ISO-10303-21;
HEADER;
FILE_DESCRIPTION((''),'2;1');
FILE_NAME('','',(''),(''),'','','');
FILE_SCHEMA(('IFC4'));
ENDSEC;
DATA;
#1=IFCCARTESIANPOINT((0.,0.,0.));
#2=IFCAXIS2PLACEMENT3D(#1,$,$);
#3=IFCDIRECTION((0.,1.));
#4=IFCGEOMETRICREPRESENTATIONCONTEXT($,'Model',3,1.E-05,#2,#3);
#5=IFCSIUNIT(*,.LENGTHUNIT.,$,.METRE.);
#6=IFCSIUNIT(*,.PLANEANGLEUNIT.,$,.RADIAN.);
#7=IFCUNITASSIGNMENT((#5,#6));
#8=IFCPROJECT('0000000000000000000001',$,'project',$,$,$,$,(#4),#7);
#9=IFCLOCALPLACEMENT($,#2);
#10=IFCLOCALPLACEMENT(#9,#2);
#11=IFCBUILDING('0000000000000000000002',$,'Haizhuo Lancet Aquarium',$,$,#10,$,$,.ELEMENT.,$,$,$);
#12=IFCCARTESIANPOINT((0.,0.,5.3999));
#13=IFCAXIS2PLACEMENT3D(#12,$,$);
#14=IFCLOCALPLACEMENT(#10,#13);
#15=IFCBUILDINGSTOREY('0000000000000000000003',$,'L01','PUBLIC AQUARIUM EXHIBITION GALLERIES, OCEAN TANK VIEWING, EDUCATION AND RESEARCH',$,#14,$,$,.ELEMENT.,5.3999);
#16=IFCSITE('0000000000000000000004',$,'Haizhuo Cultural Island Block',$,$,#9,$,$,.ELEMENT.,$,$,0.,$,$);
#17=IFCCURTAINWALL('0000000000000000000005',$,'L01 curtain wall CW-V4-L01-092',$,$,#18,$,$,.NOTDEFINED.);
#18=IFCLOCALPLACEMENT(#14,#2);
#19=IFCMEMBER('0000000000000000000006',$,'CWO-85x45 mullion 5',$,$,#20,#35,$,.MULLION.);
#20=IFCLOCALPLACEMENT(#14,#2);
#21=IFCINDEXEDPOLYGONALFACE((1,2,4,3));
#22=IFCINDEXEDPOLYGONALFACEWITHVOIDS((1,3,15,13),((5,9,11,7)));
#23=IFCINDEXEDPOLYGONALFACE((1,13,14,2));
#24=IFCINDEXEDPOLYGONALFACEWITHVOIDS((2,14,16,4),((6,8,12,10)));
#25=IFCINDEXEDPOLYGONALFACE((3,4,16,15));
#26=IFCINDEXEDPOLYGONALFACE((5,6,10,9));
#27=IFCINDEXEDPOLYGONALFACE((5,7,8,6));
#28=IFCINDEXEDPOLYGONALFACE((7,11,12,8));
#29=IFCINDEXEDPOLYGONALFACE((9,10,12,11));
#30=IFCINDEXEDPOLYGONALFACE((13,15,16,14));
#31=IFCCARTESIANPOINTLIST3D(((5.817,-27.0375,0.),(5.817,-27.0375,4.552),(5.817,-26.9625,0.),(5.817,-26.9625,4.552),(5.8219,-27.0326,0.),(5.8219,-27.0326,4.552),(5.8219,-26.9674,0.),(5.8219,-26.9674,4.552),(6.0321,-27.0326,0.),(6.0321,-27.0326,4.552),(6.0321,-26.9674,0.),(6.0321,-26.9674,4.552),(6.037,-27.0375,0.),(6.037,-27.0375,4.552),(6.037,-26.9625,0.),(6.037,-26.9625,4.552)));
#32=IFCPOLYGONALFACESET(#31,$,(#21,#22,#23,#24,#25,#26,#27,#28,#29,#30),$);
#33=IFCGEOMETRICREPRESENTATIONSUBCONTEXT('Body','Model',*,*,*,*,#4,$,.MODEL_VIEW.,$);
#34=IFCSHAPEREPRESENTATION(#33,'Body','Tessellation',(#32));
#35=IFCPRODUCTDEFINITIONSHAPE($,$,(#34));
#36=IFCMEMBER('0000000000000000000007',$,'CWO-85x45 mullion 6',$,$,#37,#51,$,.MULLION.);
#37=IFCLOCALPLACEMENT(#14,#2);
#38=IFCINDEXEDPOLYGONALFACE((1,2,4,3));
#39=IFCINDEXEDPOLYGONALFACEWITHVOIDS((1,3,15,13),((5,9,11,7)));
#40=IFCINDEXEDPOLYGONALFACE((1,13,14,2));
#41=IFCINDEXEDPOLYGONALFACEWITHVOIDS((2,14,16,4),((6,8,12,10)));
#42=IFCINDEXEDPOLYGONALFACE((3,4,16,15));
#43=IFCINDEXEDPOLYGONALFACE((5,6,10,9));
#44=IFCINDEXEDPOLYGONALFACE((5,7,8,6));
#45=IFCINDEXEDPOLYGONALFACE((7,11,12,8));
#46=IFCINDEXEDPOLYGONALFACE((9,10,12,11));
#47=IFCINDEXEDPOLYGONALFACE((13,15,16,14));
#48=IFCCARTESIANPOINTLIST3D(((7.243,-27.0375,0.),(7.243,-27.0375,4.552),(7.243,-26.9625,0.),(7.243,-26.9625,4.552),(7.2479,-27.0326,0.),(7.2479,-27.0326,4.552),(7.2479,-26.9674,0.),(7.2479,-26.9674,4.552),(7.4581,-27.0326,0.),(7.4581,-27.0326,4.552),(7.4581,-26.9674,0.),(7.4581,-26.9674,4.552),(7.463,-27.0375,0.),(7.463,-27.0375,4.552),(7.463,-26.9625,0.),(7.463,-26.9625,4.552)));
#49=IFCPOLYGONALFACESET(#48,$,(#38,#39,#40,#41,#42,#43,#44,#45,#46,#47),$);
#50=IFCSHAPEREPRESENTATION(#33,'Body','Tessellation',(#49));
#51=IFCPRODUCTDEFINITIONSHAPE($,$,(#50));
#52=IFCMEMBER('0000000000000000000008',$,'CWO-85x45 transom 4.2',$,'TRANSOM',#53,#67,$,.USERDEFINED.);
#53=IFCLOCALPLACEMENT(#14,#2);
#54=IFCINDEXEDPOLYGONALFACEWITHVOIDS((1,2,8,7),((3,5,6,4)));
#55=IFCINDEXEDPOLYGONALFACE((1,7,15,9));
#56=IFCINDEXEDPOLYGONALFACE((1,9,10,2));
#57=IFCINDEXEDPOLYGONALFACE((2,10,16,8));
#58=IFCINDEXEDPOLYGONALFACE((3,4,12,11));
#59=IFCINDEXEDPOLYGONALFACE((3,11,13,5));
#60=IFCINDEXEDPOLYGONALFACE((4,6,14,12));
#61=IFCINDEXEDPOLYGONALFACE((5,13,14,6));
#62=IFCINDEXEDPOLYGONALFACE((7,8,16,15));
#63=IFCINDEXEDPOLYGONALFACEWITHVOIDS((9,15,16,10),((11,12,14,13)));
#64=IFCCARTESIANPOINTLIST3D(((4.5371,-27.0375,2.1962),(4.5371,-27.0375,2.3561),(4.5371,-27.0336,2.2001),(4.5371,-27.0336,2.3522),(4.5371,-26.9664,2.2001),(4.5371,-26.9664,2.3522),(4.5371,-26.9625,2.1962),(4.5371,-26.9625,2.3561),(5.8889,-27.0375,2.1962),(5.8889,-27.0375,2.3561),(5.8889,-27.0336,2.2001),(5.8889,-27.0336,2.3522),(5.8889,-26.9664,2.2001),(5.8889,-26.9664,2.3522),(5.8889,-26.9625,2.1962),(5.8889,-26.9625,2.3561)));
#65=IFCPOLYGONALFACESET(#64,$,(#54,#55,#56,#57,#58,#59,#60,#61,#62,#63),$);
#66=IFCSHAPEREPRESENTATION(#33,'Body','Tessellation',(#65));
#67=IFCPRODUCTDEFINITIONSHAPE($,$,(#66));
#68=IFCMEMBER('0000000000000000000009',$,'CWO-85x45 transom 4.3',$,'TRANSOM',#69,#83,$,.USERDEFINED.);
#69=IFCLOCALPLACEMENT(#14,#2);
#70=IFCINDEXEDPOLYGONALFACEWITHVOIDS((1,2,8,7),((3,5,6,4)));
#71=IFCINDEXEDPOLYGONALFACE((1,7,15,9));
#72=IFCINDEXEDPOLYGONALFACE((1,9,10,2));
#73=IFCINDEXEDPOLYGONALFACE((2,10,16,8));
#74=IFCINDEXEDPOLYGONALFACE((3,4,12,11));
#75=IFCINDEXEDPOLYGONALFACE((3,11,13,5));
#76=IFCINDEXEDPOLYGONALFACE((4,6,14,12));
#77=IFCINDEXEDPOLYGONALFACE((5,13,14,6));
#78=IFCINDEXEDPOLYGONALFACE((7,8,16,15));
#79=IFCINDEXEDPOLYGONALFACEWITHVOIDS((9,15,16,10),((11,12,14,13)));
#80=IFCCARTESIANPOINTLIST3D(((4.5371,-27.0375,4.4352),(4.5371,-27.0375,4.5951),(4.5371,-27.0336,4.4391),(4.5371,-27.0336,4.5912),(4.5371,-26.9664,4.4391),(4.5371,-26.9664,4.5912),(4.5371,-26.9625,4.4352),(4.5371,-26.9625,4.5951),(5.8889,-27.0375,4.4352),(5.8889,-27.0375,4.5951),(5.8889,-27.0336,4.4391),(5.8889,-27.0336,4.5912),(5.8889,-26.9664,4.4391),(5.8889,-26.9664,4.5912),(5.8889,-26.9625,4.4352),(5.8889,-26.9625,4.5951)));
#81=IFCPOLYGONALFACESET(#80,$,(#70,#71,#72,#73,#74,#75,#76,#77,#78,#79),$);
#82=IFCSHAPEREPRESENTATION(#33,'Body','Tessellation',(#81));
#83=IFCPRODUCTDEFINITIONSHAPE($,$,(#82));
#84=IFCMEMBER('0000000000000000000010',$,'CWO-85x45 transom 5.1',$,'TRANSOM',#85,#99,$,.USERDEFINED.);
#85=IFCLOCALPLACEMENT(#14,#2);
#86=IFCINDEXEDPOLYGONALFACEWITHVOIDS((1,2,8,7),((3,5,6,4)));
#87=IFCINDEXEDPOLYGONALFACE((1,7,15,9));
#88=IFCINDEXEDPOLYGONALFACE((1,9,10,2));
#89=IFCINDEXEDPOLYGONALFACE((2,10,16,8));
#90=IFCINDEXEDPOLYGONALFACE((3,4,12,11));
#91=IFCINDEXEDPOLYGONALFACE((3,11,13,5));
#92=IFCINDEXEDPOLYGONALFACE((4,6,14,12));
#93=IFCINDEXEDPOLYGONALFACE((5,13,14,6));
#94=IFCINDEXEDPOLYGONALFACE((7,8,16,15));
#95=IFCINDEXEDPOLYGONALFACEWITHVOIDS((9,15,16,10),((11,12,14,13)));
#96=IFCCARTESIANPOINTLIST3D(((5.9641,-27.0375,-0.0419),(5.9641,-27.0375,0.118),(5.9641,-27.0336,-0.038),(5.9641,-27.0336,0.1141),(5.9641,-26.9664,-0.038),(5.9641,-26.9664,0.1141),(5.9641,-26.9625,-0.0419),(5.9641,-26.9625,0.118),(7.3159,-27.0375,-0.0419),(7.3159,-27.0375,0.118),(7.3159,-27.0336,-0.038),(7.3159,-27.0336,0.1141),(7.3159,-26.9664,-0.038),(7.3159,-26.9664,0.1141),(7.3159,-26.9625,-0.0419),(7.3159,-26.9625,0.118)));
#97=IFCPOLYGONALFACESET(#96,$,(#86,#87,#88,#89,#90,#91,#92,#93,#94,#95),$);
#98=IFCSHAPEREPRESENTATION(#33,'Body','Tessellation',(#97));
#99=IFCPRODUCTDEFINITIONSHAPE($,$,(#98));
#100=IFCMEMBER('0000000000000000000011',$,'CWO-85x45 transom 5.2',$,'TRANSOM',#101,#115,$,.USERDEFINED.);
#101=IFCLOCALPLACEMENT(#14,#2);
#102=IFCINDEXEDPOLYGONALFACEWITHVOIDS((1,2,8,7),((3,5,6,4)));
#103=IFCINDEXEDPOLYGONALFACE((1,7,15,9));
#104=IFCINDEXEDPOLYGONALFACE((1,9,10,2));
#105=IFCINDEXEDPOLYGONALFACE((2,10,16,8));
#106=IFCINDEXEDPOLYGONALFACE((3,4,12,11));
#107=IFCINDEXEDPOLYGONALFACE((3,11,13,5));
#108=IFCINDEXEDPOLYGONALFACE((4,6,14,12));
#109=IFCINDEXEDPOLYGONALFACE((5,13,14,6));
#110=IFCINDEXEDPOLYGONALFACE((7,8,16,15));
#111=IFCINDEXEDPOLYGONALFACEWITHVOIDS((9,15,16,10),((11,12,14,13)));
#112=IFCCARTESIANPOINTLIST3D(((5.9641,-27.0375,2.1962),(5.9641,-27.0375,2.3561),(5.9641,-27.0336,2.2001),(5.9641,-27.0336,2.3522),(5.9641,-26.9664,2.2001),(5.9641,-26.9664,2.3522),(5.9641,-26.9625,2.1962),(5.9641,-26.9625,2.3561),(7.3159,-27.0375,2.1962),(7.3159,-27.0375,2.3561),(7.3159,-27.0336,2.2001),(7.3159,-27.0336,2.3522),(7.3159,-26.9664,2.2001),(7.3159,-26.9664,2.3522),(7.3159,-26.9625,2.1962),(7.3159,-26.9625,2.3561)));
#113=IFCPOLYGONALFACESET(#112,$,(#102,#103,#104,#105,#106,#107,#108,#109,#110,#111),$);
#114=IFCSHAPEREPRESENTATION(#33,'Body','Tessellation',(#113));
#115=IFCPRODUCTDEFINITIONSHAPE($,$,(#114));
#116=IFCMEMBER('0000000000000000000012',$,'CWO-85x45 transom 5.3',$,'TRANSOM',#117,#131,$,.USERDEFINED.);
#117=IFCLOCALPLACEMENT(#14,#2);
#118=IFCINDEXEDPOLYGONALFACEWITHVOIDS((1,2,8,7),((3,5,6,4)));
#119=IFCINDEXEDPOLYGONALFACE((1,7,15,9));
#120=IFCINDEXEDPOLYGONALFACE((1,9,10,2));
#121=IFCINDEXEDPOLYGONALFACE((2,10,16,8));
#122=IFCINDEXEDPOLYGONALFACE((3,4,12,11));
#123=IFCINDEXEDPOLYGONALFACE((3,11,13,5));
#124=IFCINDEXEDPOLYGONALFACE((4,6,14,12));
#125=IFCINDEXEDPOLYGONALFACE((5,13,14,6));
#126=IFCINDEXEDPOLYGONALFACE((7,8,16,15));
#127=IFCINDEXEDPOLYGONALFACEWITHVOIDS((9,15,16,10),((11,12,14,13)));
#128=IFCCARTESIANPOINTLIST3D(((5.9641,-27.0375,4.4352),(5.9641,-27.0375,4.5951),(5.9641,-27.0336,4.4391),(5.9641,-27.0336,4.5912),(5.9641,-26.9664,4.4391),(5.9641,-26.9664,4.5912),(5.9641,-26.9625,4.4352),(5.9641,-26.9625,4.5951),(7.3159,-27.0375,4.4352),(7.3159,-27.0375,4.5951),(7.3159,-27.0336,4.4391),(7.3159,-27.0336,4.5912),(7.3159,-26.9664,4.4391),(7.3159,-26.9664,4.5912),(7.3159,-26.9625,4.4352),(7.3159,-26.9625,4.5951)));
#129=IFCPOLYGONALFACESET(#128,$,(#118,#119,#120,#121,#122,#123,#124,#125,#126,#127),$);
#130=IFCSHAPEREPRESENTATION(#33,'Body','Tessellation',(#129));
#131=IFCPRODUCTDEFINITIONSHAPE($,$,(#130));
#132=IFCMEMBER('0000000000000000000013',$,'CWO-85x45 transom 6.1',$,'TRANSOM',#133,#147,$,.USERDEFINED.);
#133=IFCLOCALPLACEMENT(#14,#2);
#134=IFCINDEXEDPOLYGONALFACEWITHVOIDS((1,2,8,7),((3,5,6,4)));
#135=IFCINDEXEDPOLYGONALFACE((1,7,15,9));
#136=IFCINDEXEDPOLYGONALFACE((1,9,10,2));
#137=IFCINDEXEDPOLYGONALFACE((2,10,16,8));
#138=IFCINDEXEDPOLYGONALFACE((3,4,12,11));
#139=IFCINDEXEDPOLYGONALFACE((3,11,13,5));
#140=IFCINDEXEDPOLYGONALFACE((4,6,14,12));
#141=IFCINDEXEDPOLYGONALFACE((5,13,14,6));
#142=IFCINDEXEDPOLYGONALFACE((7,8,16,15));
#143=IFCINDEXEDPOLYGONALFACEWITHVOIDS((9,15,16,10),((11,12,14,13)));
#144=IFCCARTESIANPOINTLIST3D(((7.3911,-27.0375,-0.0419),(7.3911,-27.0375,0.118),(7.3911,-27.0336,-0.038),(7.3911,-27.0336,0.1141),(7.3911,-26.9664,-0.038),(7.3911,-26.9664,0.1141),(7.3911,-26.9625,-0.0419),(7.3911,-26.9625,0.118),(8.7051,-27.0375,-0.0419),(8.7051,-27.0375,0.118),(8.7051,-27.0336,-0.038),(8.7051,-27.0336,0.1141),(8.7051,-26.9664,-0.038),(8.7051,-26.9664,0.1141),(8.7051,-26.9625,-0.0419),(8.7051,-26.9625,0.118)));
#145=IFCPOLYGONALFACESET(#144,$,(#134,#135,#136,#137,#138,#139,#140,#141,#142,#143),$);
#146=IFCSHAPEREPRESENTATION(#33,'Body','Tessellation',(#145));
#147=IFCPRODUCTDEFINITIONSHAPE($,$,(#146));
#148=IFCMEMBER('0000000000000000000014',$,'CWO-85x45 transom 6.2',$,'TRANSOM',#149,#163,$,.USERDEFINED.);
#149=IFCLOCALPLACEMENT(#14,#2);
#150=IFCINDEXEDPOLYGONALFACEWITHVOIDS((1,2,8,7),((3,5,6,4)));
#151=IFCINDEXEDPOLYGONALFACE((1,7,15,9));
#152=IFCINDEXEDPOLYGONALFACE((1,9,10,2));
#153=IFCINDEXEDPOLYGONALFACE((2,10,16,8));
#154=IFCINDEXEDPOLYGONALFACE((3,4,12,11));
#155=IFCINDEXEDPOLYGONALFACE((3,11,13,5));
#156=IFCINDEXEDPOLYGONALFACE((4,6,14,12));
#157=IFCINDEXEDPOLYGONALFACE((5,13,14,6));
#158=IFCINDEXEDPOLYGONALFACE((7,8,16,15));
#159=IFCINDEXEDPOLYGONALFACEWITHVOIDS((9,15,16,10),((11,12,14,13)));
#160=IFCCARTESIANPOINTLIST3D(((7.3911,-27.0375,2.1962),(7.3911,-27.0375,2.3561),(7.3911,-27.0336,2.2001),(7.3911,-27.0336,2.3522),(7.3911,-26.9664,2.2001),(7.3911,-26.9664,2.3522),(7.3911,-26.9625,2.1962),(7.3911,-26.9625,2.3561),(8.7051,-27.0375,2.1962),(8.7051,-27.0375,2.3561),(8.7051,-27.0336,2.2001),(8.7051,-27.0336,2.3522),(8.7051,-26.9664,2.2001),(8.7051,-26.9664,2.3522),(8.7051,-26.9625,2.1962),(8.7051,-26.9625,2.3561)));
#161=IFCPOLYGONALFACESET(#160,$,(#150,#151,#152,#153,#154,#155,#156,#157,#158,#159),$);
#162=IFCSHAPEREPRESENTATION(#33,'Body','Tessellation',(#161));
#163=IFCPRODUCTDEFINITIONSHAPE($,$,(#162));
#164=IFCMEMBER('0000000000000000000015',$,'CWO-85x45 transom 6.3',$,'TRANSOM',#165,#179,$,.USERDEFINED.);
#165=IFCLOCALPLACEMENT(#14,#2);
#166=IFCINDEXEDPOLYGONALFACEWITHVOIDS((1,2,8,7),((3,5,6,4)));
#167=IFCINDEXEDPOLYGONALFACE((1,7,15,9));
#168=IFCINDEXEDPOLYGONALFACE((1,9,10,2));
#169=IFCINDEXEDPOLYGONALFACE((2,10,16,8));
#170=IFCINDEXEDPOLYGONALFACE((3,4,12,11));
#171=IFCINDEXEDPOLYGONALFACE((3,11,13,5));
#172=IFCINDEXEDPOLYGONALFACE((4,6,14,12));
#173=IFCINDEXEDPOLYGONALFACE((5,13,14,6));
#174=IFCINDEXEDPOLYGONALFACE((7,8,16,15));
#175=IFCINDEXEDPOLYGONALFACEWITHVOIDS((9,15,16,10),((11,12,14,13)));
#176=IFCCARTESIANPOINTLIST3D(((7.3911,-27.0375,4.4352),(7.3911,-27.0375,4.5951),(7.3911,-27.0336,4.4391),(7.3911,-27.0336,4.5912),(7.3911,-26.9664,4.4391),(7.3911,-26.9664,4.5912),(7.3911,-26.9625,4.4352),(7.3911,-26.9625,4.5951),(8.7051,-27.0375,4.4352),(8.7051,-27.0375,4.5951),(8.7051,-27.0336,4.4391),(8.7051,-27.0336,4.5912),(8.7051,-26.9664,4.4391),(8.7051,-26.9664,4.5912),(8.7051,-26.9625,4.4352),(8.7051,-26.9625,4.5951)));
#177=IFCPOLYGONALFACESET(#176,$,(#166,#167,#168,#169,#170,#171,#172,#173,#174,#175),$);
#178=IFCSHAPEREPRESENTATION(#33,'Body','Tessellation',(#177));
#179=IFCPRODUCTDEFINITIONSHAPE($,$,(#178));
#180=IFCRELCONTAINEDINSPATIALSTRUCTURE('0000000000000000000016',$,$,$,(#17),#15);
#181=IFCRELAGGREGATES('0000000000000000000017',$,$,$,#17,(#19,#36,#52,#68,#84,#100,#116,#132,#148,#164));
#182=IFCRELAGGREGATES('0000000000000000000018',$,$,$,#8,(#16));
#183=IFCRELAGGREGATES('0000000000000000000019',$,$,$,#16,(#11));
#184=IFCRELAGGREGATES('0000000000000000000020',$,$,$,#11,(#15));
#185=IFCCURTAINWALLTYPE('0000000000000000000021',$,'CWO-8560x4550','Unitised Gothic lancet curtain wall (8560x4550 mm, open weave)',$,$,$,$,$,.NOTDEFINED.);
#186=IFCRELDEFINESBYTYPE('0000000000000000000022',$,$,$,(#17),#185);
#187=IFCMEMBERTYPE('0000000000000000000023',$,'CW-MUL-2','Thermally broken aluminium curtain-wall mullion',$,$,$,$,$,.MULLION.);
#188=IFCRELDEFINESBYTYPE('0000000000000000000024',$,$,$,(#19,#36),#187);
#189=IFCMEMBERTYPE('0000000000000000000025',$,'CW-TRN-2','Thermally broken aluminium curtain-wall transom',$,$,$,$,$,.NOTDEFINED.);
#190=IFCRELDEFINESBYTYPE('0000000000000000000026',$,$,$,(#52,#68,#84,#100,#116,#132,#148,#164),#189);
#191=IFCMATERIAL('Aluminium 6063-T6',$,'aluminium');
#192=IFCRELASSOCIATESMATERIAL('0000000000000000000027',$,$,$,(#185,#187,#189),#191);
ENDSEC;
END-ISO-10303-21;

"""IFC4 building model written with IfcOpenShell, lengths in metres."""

from ifc_helpers import new_model, si_unit, direction, frame, origin, origin_2d, place, context, subcontext, project, spatial, hollow_rectangle, extrude, material, material_profile, profile_set, type_object, element, aggregate, save


model = new_model("IFC4")

# Units and contexts
model_context = context("Model", 3, precision=1e-05, world=origin(), true_north=direction((0.0, 1.0)))
body_context = subcontext(model_context, "Body", "Model", "MODEL_VIEW")
ifc_project = project(units=[si_unit("LENGTHUNIT", "METRE"), si_unit("PLANEANGLEUNIT", "RADIAN")], contexts=[model_context])

# Site, building, storey
site_placement = place(None, origin())
site = spatial("IfcSite", under=ifc_project, at=site_placement, Name="Haizhuo Cultural Island Block", CompositionType="ELEMENT", RefElevation=0.0)
building_placement = place(site_placement, origin())
building = spatial("IfcBuilding", under=site, at=building_placement, Name="Haizhuo Lancet Aquarium", CompositionType="ELEMENT")
storey_placement = place(building_placement, frame((0.0, 0.0, 5.3999)))
storey = spatial("IfcBuildingStorey", under=building, at=storey_placement, Name="L01", Description="PUBLIC AQUARIUM EXHIBITION GALLERIES, OCEAN TANK VIEWING, EDUCATION AND RESEARCH", CompositionType="ELEMENT", Elevation=5.3999)

# Curtain wall, members
ifc_material_1 = material(Name="Aluminium 6063-T6", Category="aluminium")
curtain_wall_type = type_object("IfcCurtainWallType", Name="CWO-8560x4550", Description="Unitised Gothic lancet curtain wall (8560x4550 mm, open weave)", PredefinedType="NOTDEFINED", material=ifc_material_1)
curtain_wall_placement = place(storey_placement, origin())
curtain_wall = element("IfcCurtainWall", 1, at=curtain_wall_placement, inside=storey, type_object=curtain_wall_type, Name="L01 curtain wall CW-V4-L01-092", PredefinedType="NOTDEFINED")
ifc_material_profile_1 = material_profile(ifc_material_1, hollow_rectangle(XDim=0.075, YDim=0.22, WallThickness=0.0049, at=origin_2d()), Name="ALU-M 75x220x5")
ifc_profile_set_1 = profile_set([ifc_material_profile_1], Name="Aluminium 6063-T6")
member_type_1 = type_object("IfcMemberType", Name="CW-MUL-2", Description="Thermally broken aluminium curtain-wall mullion", PredefinedType="MULLION", material=ifc_profile_set_1)
member_1_placement = place(storey_placement, frame((5.927, -27.0, 0.0), z_axis=(0.0, 0.0, 1.0), x_axis=(0.0, 1.0, 0.0)))
member_1 = element("IfcMember", 2, at=member_1_placement, type_object=member_type_1, Name="CWO-85x45 mullion 5", PredefinedType="MULLION", context=body_context, shape_type="SweptSolid", body=[
    extrude(hollow_rectangle(XDim=0.075, YDim=0.22, WallThickness=0.0049, at=origin_2d()), origin(), (0.0, 0.0, 1.0), 4.552),
])
member_2_placement = place(storey_placement, frame((7.353, -27.0, 0.0), z_axis=(0.0, 0.0, 1.0), x_axis=(0.0, 1.0, 0.0)))
member_2 = element("IfcMember", 3, at=member_2_placement, type_object=member_type_1, Name="CWO-85x45 mullion 6", PredefinedType="MULLION", context=body_context, shape_type="SweptSolid", body=[
    extrude(hollow_rectangle(XDim=0.075, YDim=0.22, WallThickness=0.0049, at=origin_2d()), origin(), (0.0, 0.0, 1.0), 4.552),
])
ifc_material_profile_2 = material_profile(ifc_material_1, hollow_rectangle(XDim=0.075, YDim=0.1599, WallThickness=0.0039, at=origin_2d()), Name="ALU-T 75x160x4")
ifc_profile_set_2 = profile_set([ifc_material_profile_2], Name="Aluminium 6063-T6")
member_type_2 = type_object("IfcMemberType", Name="CW-TRN-2", Description="Thermally broken aluminium curtain-wall transom", PredefinedType="NOTDEFINED", material=ifc_profile_set_2)
member_3_placement = place(storey_placement, frame((4.5371, -27.0, 2.2761), z_axis=(1.0, 0.0, 0.0), x_axis=(0.0, 1.0, 0.0)))
member_3 = element("IfcMember", 4, at=member_3_placement, type_object=member_type_2, Name="CWO-85x45 transom 4.2", ObjectType="TRANSOM", PredefinedType="USERDEFINED", context=body_context, shape_type="SweptSolid", body=[
    extrude(hollow_rectangle(XDim=0.075, YDim=0.1599, WallThickness=0.0039, at=origin_2d()), origin(), (0.0, 0.0, 1.0), 1.3518),
])
member_4_placement = place(storey_placement, frame((4.5371, -27.0, 4.5151), z_axis=(1.0, 0.0, 0.0), x_axis=(0.0, 1.0, 0.0)))
member_4 = element("IfcMember", 5, at=member_4_placement, type_object=member_type_2, Name="CWO-85x45 transom 4.3", ObjectType="TRANSOM", PredefinedType="USERDEFINED", context=body_context, shape_type="SweptSolid", body=[
    extrude(hollow_rectangle(XDim=0.075, YDim=0.1599, WallThickness=0.0039, at=origin_2d()), origin(), (0.0, 0.0, 1.0), 1.3518),
])
member_5_placement = place(storey_placement, frame((5.9641, -27.0, 0.0381), z_axis=(1.0, 0.0, 0.0), x_axis=(0.0, 1.0, 0.0)))
member_5 = element("IfcMember", 6, at=member_5_placement, type_object=member_type_2, Name="CWO-85x45 transom 5.1", ObjectType="TRANSOM", PredefinedType="USERDEFINED", context=body_context, shape_type="SweptSolid", body=[
    extrude(hollow_rectangle(XDim=0.075, YDim=0.1599, WallThickness=0.0039, at=origin_2d()), origin(), (0.0, 0.0, 1.0), 1.3518),
])
member_6_placement = place(storey_placement, frame((5.9641, -27.0, 2.2761), z_axis=(1.0, 0.0, 0.0), x_axis=(0.0, 1.0, 0.0)))
member_6 = element("IfcMember", 7, at=member_6_placement, type_object=member_type_2, Name="CWO-85x45 transom 5.2", ObjectType="TRANSOM", PredefinedType="USERDEFINED", context=body_context, shape_type="SweptSolid", body=[
    extrude(hollow_rectangle(XDim=0.075, YDim=0.1599, WallThickness=0.0039, at=origin_2d()), origin(), (0.0, 0.0, 1.0), 1.3518),
])
member_7_placement = place(storey_placement, frame((5.9641, -27.0, 4.5151), z_axis=(1.0, 0.0, 0.0), x_axis=(0.0, 1.0, 0.0)))
member_7 = element("IfcMember", 8, at=member_7_placement, type_object=member_type_2, Name="CWO-85x45 transom 5.3", ObjectType="TRANSOM", PredefinedType="USERDEFINED", context=body_context, shape_type="SweptSolid", body=[
    extrude(hollow_rectangle(XDim=0.075, YDim=0.1599, WallThickness=0.0039, at=origin_2d()), origin(), (0.0, 0.0, 1.0), 1.3518),
])
member_8_placement = place(storey_placement, frame((7.3911, -27.0, 0.0381), z_axis=(1.0, 0.0, 0.0), x_axis=(0.0, 1.0, 0.0)))
member_8 = element("IfcMember", 9, at=member_8_placement, type_object=member_type_2, Name="CWO-85x45 transom 6.1", ObjectType="TRANSOM", PredefinedType="USERDEFINED", context=body_context, shape_type="SweptSolid", body=[
    extrude(hollow_rectangle(XDim=0.075, YDim=0.1599, WallThickness=0.0039, at=origin_2d()), origin(), (0.0, 0.0, 1.0), 1.314),
])
member_9_placement = place(storey_placement, frame((7.3911, -27.0, 2.2761), z_axis=(1.0, 0.0, 0.0), x_axis=(0.0, 1.0, 0.0)))
member_9 = element("IfcMember", 10, at=member_9_placement, type_object=member_type_2, Name="CWO-85x45 transom 6.2", ObjectType="TRANSOM", PredefinedType="USERDEFINED", context=body_context, shape_type="SweptSolid", body=[
    extrude(hollow_rectangle(XDim=0.075, YDim=0.1599, WallThickness=0.0039, at=origin_2d()), origin(), (0.0, 0.0, 1.0), 1.314),
])
member_10_placement = place(storey_placement, frame((7.3911, -27.0, 4.5151), z_axis=(1.0, 0.0, 0.0), x_axis=(0.0, 1.0, 0.0)))
member_10 = element("IfcMember", 11, at=member_10_placement, type_object=member_type_2, Name="CWO-85x45 transom 6.3", ObjectType="TRANSOM", PredefinedType="USERDEFINED", context=body_context, shape_type="SweptSolid", body=[
    extrude(hollow_rectangle(XDim=0.075, YDim=0.1599, WallThickness=0.0039, at=origin_2d()), origin(), (0.0, 0.0, 1.0), 1.314),
])

aggregate(curtain_wall, [member_1, member_2, member_3, member_4, member_5, member_6, member_7, member_8, member_9, member_10])

save(model, "model.ifc")
